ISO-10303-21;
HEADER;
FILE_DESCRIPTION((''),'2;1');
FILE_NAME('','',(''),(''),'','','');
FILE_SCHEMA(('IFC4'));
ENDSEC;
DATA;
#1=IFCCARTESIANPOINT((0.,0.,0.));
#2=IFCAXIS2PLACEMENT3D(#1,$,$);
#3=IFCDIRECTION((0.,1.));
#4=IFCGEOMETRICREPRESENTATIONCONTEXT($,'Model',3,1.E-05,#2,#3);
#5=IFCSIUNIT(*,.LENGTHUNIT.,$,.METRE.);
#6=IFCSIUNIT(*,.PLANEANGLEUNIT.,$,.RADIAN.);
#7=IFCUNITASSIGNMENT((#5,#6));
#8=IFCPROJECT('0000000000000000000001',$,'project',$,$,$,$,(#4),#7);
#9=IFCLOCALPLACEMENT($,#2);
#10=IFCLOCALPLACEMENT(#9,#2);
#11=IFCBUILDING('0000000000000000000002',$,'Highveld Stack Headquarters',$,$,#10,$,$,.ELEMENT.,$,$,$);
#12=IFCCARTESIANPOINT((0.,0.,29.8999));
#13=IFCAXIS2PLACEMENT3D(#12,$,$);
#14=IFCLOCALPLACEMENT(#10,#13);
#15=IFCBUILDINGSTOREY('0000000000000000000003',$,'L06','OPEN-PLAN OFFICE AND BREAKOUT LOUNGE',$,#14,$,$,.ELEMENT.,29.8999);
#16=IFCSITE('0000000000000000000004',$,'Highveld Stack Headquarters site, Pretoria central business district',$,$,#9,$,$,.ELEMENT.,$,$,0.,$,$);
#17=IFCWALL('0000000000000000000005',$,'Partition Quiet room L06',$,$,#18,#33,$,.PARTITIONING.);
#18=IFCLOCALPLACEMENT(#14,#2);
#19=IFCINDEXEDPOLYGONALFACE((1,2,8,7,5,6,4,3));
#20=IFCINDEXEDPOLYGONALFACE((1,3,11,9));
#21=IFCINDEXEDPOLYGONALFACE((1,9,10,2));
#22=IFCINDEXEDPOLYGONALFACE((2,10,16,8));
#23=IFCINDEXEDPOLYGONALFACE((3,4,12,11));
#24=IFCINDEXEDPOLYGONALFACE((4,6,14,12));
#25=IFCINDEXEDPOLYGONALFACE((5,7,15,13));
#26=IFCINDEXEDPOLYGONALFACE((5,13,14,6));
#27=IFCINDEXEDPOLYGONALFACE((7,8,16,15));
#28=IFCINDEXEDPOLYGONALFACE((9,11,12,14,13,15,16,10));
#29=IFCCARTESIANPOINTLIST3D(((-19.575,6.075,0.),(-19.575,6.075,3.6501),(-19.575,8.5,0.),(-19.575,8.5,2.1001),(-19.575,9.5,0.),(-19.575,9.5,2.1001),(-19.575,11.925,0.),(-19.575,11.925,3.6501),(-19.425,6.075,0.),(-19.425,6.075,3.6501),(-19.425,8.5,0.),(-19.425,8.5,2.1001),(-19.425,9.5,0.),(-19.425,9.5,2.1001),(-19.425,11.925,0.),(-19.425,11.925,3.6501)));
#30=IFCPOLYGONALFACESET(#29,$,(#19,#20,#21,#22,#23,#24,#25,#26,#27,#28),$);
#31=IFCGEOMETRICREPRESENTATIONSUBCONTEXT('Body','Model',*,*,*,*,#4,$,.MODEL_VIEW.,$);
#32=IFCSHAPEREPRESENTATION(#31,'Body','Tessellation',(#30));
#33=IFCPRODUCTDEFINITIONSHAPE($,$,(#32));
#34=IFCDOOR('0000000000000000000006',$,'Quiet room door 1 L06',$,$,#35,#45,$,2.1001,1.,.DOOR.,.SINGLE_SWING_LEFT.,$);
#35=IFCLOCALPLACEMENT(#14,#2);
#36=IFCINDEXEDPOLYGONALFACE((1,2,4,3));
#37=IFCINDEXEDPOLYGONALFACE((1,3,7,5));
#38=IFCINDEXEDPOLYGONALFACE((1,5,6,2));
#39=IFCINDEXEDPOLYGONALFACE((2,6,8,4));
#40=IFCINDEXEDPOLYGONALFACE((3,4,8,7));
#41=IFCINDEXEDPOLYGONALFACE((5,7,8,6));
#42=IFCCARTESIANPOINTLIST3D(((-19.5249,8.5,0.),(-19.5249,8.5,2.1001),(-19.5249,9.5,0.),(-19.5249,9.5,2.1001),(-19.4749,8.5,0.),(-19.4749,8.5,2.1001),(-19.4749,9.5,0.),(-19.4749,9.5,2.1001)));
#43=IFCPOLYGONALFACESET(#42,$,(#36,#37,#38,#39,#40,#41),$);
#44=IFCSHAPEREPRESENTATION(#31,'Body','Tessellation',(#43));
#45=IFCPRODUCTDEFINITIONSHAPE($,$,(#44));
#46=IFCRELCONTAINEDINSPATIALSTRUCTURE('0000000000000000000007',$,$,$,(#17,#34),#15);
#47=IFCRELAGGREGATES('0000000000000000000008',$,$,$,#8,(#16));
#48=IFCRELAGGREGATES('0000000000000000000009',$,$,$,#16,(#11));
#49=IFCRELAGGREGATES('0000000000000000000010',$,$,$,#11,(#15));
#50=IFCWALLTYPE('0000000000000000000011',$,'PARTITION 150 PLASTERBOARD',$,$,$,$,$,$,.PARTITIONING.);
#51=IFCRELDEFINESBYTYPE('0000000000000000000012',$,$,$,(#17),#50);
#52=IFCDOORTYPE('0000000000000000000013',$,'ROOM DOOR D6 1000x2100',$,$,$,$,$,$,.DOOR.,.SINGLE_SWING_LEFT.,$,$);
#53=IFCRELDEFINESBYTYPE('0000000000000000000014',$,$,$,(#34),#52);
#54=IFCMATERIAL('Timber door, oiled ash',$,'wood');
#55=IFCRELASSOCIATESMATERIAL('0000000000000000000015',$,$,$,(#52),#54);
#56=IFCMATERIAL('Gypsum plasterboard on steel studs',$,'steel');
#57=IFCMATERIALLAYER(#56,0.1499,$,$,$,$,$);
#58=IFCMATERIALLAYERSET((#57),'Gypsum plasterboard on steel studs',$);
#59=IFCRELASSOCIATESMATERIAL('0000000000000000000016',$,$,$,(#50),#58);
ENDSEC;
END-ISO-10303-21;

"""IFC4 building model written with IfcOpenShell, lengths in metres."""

from ifc_helpers import new_model, si_unit, direction, frame, frame_2d, origin, place, context, subcontext, project, spatial, rectangle, extrude, material, layer, layer_set, type_object, element, fill, save


model = new_model("IFC4")

# Units and contexts
model_context = context("Model", 3, precision=1e-05, world=origin(), true_north=direction((0.0, 1.0)))
body_context = subcontext(model_context, "Body", "Model", "MODEL_VIEW")
ifc_project = project(units=[si_unit("LENGTHUNIT", "METRE"), si_unit("PLANEANGLEUNIT", "RADIAN")], contexts=[model_context])

# Site, building, storey
site_placement = place(None, origin())
site = spatial("IfcSite", under=ifc_project, at=site_placement, Name="Highveld Stack Headquarters site, Pretoria central business district", CompositionType="ELEMENT", RefElevation=0.0)
building_placement = place(site_placement, origin())
building = spatial("IfcBuilding", under=site, at=building_placement, Name="Highveld Stack Headquarters", CompositionType="ELEMENT")
storey_placement = place(building_placement, frame((0.0, 0.0, 29.8999)))
storey = spatial("IfcBuildingStorey", under=building, at=storey_placement, Name="L06", Description="OPEN-PLAN OFFICE AND BREAKOUT LOUNGE", CompositionType="ELEMENT", Elevation=29.8999)

# Shared definitions
ifc_material_1 = material(Name="Timber door, oiled ash", Category="wood")
door_type = type_object("IfcDoorType", Name="ROOM DOOR D6 1000x2100", OperationType="SINGLE_SWING_LEFT", PredefinedType="DOOR", material=ifc_material_1)

# Shared definitions
ifc_material_2 = material(Name="Gypsum plasterboard on steel studs", Category="steel")
ifc_layer_1 = layer(ifc_material_2, 0.1499)
ifc_layer_set_1 = layer_set([ifc_layer_1], Name="Gypsum plasterboard on steel studs")
wall_type_1 = type_object("IfcWallType", Name="PARTITION 150 PLASTERBOARD", PredefinedType="PARTITIONING", material=ifc_layer_set_1)

# Wall, opening, door
wall_1_placement = place(storey_placement, frame((-19.5, 6.075, 0.0), z_axis=(0.0, 0.0, 1.0), x_axis=(0.0, 1.0, 0.0)))
wall_1 = element("IfcWall", 1, at=wall_1_placement, inside=storey, type_object=wall_type_1, Name="Partition Quiet room L06", PredefinedType="PARTITIONING", context=body_context, shape_type="SweptSolid", body=[
    extrude(rectangle(XDim=5.8501, YDim=0.1499, at=frame_2d((2.925, 0.0))), origin(), (0.0, 0.0, 1.0), 3.6501),
])
opening_1_placement = place(wall_1_placement, frame((2.425, 0.0, 0.0)))
opening_1 = element("IfcOpeningElement", 2, at=opening_1_placement, cuts=wall_1, PredefinedType="OPENING", context=body_context, shape_type="SweptSolid", body=[
    extrude(rectangle(XDim=1.0, YDim=2.1001, at=frame_2d((0.5, 1.05))), frame((0.0, 0.085, 0.0), z_axis=(0.0, -1.0, 0.0), x_axis=(1.0, 0.0, 0.0)), (0.0, 0.0, 1.0), 0.1699),
])
door_1_placement = place(opening_1_placement, origin())
door_1 = element("IfcDoor", 3, at=door_1_placement, inside=storey, type_object=door_type, Name="Quiet room door 1 L06", OperationType="SINGLE_SWING_LEFT", OverallHeight=2.1001, OverallWidth=1.0, PredefinedType="DOOR", context=body_context, shape_type="SweptSolid", body=[
    extrude(rectangle(XDim=1.0, YDim=2.1001, at=frame_2d((0.5, 1.05))), frame((0.0, 0.0249, 0.0), z_axis=(0.0, -1.0, 0.0), x_axis=(1.0, 0.0, 0.0)), (0.0, 0.0, 1.0), 0.05),
])
fill(opening_1, door_1)

save(model, "model.ifc")
